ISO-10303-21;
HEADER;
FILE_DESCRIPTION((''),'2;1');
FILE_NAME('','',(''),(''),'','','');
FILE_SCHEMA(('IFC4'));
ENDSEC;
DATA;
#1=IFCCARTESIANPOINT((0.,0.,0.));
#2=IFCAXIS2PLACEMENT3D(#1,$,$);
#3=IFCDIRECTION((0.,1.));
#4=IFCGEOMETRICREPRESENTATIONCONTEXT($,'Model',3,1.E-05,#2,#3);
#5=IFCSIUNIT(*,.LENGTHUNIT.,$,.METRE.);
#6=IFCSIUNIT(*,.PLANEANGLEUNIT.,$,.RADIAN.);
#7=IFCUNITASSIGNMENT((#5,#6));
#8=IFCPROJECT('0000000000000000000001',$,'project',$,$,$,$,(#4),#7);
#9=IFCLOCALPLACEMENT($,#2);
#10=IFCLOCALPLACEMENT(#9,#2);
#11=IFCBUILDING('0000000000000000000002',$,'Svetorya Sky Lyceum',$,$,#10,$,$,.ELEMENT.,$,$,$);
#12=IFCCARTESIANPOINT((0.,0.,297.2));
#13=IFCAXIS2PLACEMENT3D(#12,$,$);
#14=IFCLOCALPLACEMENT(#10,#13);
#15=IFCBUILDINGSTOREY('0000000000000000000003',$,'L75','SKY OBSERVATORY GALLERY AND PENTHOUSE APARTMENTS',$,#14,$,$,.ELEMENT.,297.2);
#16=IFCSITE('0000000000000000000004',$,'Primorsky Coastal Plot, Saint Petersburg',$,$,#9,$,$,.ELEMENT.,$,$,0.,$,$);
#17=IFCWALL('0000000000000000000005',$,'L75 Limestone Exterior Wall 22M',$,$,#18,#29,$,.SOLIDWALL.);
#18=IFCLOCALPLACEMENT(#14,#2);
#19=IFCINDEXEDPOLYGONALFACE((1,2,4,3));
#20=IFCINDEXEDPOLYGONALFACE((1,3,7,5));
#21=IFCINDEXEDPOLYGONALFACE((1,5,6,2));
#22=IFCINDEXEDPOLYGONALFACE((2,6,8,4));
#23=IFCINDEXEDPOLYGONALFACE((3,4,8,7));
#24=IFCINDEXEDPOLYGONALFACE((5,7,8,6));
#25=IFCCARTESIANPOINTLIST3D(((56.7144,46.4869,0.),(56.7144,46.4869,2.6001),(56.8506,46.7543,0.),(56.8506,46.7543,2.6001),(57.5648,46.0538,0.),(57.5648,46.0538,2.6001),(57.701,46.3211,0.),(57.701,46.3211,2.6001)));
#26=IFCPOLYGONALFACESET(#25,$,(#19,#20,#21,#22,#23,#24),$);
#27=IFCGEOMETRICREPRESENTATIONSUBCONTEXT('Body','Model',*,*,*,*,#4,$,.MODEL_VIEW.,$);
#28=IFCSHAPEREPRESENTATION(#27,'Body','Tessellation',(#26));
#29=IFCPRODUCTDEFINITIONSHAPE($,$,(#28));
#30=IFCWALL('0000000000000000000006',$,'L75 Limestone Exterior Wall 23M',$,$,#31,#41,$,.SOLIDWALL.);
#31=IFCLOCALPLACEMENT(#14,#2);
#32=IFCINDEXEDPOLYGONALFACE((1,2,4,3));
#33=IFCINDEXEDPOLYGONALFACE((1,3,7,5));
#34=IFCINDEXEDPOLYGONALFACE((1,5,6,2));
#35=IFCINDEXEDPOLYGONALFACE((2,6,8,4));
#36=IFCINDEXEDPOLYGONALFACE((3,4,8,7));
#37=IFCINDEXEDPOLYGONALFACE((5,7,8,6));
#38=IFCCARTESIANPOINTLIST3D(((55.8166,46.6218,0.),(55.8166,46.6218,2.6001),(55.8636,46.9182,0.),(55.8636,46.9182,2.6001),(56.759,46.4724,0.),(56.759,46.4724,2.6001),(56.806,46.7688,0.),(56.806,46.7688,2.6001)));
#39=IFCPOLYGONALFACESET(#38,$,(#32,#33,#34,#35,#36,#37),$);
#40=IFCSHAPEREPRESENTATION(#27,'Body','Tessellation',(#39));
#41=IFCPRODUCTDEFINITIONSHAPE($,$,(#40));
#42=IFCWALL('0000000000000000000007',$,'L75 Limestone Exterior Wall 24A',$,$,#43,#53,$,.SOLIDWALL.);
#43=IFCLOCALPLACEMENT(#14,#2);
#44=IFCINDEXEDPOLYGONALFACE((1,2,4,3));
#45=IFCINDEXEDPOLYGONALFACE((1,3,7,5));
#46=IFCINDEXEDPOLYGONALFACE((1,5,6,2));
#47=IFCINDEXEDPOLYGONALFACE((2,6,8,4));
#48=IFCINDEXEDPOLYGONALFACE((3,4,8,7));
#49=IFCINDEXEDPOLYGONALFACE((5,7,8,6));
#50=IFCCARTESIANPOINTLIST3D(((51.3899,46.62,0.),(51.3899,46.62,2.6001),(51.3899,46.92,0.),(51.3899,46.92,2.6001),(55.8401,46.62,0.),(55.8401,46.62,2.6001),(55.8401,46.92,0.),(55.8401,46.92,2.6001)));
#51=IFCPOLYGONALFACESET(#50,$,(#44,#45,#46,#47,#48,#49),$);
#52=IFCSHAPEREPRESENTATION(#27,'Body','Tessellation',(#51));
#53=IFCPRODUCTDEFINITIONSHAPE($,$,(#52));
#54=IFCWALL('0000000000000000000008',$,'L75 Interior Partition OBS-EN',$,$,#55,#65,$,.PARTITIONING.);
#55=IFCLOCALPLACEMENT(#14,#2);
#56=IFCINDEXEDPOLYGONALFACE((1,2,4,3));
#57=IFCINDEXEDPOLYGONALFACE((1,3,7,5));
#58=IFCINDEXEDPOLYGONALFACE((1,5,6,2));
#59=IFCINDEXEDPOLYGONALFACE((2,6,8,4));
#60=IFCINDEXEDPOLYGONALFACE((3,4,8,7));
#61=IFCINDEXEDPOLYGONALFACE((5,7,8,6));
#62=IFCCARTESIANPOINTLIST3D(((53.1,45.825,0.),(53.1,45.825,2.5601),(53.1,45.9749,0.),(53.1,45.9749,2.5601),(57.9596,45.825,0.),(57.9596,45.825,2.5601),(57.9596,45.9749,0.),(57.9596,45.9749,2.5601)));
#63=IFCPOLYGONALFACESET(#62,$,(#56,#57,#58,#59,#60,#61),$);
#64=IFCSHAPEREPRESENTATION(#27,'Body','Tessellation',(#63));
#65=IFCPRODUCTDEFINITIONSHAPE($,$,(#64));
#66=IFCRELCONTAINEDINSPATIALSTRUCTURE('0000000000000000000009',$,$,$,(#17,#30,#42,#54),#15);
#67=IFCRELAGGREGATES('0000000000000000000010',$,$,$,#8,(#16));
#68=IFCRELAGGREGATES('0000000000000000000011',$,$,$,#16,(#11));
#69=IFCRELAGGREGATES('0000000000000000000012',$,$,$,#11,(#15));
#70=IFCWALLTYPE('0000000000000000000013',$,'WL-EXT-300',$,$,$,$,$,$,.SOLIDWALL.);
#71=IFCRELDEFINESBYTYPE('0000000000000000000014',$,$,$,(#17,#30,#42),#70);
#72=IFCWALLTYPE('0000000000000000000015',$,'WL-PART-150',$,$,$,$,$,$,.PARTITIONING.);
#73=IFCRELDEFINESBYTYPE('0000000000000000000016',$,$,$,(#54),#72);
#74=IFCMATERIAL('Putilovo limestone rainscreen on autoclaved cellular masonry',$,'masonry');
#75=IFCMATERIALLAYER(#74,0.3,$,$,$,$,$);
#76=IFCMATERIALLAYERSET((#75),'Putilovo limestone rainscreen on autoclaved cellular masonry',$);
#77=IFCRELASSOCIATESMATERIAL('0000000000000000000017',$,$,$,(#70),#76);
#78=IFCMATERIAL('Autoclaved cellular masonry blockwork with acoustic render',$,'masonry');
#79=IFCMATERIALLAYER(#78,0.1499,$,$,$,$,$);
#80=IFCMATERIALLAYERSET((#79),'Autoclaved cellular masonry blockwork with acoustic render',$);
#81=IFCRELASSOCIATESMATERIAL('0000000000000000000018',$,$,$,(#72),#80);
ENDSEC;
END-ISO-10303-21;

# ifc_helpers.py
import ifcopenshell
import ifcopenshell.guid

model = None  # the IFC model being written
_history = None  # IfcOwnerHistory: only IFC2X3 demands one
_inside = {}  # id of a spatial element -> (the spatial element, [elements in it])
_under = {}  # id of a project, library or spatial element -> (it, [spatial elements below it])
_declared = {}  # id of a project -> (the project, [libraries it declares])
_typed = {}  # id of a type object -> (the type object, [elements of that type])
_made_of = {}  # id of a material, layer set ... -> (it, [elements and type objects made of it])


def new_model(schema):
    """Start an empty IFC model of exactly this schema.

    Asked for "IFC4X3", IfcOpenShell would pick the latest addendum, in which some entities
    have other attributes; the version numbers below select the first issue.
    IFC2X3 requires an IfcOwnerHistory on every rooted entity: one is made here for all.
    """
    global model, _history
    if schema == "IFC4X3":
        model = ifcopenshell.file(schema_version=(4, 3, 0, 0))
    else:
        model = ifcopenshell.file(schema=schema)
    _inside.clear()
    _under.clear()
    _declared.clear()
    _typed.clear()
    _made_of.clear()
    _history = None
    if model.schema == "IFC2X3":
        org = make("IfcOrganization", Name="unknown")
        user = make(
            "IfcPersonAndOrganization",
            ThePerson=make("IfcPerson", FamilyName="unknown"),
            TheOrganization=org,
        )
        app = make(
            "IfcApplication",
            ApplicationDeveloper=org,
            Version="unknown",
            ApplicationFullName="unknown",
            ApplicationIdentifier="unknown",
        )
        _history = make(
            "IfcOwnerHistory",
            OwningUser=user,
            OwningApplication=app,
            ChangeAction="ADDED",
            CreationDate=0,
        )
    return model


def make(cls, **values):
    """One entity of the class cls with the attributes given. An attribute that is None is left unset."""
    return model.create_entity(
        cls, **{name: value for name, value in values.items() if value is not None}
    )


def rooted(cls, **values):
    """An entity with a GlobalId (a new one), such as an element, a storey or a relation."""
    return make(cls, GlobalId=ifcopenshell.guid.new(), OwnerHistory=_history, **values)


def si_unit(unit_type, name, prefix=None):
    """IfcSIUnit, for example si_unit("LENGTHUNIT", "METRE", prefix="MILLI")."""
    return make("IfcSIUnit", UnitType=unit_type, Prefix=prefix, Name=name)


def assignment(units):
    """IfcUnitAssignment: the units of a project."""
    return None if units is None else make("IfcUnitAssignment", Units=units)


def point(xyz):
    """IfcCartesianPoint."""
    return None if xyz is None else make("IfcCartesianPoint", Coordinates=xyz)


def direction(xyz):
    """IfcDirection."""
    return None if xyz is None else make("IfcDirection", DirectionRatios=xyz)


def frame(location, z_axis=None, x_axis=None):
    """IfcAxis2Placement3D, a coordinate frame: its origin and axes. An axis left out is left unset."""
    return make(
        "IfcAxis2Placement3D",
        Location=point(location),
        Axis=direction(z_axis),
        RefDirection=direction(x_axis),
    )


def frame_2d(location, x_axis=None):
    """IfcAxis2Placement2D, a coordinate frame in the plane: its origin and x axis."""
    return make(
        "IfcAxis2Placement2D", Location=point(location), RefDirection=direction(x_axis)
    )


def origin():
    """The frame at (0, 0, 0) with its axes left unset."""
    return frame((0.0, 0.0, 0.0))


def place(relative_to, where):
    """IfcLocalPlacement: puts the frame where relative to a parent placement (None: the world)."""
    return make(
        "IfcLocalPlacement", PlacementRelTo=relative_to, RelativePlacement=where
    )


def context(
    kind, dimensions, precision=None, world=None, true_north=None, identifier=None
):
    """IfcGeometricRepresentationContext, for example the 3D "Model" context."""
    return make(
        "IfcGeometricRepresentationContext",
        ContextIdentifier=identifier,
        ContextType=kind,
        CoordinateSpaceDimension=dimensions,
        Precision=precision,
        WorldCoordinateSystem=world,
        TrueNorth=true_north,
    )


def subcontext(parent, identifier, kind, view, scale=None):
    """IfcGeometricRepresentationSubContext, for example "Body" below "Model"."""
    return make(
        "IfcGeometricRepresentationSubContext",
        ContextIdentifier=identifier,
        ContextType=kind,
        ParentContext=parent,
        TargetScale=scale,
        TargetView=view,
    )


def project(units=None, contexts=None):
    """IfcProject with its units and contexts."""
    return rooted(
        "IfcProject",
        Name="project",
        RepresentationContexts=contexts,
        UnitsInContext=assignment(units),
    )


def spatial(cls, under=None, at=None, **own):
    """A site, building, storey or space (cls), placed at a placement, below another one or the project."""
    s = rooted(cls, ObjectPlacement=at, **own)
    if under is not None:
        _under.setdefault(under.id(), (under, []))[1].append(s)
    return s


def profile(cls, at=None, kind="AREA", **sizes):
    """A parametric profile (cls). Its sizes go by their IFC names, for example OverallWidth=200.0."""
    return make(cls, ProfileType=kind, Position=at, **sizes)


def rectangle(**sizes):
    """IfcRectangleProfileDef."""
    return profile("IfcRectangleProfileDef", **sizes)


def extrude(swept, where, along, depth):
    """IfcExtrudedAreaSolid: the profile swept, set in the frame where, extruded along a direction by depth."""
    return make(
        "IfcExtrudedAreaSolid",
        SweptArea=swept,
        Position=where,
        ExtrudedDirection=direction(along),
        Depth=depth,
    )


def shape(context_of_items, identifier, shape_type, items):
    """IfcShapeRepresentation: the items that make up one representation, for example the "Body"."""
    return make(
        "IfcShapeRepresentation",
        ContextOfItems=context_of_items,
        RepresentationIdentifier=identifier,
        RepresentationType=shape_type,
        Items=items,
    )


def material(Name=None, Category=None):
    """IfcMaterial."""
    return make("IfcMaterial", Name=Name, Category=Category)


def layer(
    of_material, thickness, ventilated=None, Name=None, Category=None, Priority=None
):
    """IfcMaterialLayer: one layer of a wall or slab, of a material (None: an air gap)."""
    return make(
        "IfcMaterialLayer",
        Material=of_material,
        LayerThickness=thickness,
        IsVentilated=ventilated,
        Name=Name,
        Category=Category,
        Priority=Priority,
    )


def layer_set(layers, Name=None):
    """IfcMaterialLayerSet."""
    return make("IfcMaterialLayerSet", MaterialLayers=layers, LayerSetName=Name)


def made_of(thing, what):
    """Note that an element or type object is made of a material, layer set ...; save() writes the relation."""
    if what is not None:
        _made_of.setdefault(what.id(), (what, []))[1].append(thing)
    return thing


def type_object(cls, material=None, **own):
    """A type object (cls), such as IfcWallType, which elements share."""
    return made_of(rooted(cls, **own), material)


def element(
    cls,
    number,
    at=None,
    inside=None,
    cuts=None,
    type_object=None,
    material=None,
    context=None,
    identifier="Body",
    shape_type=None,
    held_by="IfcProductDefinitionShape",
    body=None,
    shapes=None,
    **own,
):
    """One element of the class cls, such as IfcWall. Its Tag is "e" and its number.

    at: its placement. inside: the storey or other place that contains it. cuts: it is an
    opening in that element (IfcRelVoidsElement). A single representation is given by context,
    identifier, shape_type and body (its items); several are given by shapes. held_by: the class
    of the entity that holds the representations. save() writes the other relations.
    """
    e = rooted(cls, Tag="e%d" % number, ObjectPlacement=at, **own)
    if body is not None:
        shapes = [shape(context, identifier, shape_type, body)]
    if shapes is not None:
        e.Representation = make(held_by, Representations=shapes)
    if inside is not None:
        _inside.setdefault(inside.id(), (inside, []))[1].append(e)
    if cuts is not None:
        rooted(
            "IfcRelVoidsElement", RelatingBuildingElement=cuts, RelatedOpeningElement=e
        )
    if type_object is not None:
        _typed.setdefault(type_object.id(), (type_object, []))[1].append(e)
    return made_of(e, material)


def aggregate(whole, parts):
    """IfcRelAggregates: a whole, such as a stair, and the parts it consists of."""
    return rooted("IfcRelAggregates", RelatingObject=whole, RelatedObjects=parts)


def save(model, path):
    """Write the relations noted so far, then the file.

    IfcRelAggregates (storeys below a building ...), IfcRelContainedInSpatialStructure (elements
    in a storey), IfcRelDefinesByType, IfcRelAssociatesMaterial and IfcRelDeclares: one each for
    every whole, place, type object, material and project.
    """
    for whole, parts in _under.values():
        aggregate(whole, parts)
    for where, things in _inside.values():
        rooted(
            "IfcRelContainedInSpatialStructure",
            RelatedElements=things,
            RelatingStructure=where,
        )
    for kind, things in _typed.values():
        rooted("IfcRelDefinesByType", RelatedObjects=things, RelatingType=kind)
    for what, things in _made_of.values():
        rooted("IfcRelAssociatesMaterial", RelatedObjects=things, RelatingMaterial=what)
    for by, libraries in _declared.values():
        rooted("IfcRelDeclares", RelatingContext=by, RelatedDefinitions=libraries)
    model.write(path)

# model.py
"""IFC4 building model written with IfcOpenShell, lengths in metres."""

from ifc_helpers import new_model, si_unit, direction, frame, frame_2d, origin, place, context, subcontext, project, spatial, rectangle, extrude, material, layer, layer_set, type_object, element, save


model = new_model("IFC4")

# Units and contexts
model_context = context("Model", 3, precision=1e-05, world=origin(), true_north=direction((0.0, 1.0)))
body_context = subcontext(model_context, "Body", "Model", "MODEL_VIEW")
ifc_project = project(units=[si_unit("LENGTHUNIT", "METRE"), si_unit("PLANEANGLEUNIT", "RADIAN")], contexts=[model_context])

# Site, building, storey
site_placement = place(None, origin())
site = spatial("IfcSite", under=ifc_project, at=site_placement, Name="Primorsky Coastal Plot, Saint Petersburg", CompositionType="ELEMENT", RefElevation=0.0)
building_placement = place(site_placement, origin())
building = spatial("IfcBuilding", under=site, at=building_placement, Name="Svetorya Sky Lyceum", CompositionType="ELEMENT")
storey_placement = place(building_placement, frame((0.0, 0.0, 297.2)))
storey = spatial("IfcBuildingStorey", under=building, at=storey_placement, Name="L75", Description="SKY OBSERVATORY GALLERY AND PENTHOUSE APARTMENTS", CompositionType="ELEMENT", Elevation=297.2)

# Walls
ifc_material_1 = material(Name="Putilovo limestone rainscreen on autoclaved cellular masonry", Category="masonry")
ifc_layer_1 = layer(ifc_material_1, 0.3)
ifc_layer_set_1 = layer_set([ifc_layer_1], Name="Putilovo limestone rainscreen on autoclaved cellular masonry")
wall_type_1 = type_object("IfcWallType", Name="WL-EXT-300", PredefinedType="SOLIDWALL", material=ifc_layer_set_1)
for number, where, z_axis, x_axis, name in (
    (1, (57.6328, 46.1875, 0.0), (0.0, 0.0, 1.0), (-0.891077, 0.453853, 0.0), "L75 Limestone Exterior Wall 22M"),
):
    element("IfcWall", number, at=place(storey_placement, frame(where, z_axis=z_axis, x_axis=x_axis)), inside=storey, type_object=wall_type_1, Name=name, PredefinedType="SOLIDWALL", context=body_context, shape_type="SweptSolid", body=[
        extrude(rectangle(XDim=0.9543, YDim=0.3, at=frame_2d((0.4771, 0.0))), origin(), (0.0, 0.0, 1.0), 2.6001),
    ])
wall_1_placement = place(storey_placement, frame((56.7825, 46.6206, 0.0), z_axis=(0.0, 0.0, 1.0), x_axis=(-0.987663, 0.156593, 0.0)))
element("IfcWall", 2, at=wall_1_placement, inside=storey, type_object=wall_type_1, Name="L75 Limestone Exterior Wall 23M", PredefinedType="SOLIDWALL", context=body_context, shape_type="SweptSolid", body=[
    extrude(rectangle(XDim=0.9541, YDim=0.3, at=frame_2d((0.4771, 0.0))), origin(), (0.0, 0.0, 1.0), 2.6001),
])
wall_2_placement = place(storey_placement, frame((55.8401, 46.77, 0.0), z_axis=(0.0, 0.0, 1.0), x_axis=(-1.0, 0.0, 0.0)))
element("IfcWall", 3, at=wall_2_placement, inside=storey, type_object=wall_type_1, Name="L75 Limestone Exterior Wall 24A", PredefinedType="SOLIDWALL", context=body_context, shape_type="SweptSolid", body=[
    extrude(rectangle(XDim=4.4502, YDim=0.3, at=frame_2d((2.2251, 0.0))), origin(), (0.0, 0.0, 1.0), 2.6001),
])
ifc_material_2 = material(Name="Autoclaved cellular masonry blockwork with acoustic render", Category="masonry")
ifc_layer_2 = layer(ifc_material_2, 0.1499)
ifc_layer_set_2 = layer_set([ifc_layer_2], Name="Autoclaved cellular masonry blockwork with acoustic render")
wall_type_2 = type_object("IfcWallType", Name="WL-PART-150", PredefinedType="PARTITIONING", material=ifc_layer_set_2)
wall_3_placement = place(storey_placement, frame((53.1001, 45.8999, 0.0), z_axis=(0.0, 0.0, 1.0), x_axis=(1.0, 0.0, 0.0)))
element("IfcWall", 4, at=wall_3_placement, inside=storey, type_object=wall_type_2, Name="L75 Interior Partition OBS-EN", PredefinedType="PARTITIONING", context=body_context, shape_type="SweptSolid", body=[
    extrude(rectangle(XDim=4.8596, YDim=0.1499, at=frame_2d((2.4297, 0.0))), origin(), (0.0, 0.0, 1.0), 2.5601),
])

save(model, "model.ifc")
